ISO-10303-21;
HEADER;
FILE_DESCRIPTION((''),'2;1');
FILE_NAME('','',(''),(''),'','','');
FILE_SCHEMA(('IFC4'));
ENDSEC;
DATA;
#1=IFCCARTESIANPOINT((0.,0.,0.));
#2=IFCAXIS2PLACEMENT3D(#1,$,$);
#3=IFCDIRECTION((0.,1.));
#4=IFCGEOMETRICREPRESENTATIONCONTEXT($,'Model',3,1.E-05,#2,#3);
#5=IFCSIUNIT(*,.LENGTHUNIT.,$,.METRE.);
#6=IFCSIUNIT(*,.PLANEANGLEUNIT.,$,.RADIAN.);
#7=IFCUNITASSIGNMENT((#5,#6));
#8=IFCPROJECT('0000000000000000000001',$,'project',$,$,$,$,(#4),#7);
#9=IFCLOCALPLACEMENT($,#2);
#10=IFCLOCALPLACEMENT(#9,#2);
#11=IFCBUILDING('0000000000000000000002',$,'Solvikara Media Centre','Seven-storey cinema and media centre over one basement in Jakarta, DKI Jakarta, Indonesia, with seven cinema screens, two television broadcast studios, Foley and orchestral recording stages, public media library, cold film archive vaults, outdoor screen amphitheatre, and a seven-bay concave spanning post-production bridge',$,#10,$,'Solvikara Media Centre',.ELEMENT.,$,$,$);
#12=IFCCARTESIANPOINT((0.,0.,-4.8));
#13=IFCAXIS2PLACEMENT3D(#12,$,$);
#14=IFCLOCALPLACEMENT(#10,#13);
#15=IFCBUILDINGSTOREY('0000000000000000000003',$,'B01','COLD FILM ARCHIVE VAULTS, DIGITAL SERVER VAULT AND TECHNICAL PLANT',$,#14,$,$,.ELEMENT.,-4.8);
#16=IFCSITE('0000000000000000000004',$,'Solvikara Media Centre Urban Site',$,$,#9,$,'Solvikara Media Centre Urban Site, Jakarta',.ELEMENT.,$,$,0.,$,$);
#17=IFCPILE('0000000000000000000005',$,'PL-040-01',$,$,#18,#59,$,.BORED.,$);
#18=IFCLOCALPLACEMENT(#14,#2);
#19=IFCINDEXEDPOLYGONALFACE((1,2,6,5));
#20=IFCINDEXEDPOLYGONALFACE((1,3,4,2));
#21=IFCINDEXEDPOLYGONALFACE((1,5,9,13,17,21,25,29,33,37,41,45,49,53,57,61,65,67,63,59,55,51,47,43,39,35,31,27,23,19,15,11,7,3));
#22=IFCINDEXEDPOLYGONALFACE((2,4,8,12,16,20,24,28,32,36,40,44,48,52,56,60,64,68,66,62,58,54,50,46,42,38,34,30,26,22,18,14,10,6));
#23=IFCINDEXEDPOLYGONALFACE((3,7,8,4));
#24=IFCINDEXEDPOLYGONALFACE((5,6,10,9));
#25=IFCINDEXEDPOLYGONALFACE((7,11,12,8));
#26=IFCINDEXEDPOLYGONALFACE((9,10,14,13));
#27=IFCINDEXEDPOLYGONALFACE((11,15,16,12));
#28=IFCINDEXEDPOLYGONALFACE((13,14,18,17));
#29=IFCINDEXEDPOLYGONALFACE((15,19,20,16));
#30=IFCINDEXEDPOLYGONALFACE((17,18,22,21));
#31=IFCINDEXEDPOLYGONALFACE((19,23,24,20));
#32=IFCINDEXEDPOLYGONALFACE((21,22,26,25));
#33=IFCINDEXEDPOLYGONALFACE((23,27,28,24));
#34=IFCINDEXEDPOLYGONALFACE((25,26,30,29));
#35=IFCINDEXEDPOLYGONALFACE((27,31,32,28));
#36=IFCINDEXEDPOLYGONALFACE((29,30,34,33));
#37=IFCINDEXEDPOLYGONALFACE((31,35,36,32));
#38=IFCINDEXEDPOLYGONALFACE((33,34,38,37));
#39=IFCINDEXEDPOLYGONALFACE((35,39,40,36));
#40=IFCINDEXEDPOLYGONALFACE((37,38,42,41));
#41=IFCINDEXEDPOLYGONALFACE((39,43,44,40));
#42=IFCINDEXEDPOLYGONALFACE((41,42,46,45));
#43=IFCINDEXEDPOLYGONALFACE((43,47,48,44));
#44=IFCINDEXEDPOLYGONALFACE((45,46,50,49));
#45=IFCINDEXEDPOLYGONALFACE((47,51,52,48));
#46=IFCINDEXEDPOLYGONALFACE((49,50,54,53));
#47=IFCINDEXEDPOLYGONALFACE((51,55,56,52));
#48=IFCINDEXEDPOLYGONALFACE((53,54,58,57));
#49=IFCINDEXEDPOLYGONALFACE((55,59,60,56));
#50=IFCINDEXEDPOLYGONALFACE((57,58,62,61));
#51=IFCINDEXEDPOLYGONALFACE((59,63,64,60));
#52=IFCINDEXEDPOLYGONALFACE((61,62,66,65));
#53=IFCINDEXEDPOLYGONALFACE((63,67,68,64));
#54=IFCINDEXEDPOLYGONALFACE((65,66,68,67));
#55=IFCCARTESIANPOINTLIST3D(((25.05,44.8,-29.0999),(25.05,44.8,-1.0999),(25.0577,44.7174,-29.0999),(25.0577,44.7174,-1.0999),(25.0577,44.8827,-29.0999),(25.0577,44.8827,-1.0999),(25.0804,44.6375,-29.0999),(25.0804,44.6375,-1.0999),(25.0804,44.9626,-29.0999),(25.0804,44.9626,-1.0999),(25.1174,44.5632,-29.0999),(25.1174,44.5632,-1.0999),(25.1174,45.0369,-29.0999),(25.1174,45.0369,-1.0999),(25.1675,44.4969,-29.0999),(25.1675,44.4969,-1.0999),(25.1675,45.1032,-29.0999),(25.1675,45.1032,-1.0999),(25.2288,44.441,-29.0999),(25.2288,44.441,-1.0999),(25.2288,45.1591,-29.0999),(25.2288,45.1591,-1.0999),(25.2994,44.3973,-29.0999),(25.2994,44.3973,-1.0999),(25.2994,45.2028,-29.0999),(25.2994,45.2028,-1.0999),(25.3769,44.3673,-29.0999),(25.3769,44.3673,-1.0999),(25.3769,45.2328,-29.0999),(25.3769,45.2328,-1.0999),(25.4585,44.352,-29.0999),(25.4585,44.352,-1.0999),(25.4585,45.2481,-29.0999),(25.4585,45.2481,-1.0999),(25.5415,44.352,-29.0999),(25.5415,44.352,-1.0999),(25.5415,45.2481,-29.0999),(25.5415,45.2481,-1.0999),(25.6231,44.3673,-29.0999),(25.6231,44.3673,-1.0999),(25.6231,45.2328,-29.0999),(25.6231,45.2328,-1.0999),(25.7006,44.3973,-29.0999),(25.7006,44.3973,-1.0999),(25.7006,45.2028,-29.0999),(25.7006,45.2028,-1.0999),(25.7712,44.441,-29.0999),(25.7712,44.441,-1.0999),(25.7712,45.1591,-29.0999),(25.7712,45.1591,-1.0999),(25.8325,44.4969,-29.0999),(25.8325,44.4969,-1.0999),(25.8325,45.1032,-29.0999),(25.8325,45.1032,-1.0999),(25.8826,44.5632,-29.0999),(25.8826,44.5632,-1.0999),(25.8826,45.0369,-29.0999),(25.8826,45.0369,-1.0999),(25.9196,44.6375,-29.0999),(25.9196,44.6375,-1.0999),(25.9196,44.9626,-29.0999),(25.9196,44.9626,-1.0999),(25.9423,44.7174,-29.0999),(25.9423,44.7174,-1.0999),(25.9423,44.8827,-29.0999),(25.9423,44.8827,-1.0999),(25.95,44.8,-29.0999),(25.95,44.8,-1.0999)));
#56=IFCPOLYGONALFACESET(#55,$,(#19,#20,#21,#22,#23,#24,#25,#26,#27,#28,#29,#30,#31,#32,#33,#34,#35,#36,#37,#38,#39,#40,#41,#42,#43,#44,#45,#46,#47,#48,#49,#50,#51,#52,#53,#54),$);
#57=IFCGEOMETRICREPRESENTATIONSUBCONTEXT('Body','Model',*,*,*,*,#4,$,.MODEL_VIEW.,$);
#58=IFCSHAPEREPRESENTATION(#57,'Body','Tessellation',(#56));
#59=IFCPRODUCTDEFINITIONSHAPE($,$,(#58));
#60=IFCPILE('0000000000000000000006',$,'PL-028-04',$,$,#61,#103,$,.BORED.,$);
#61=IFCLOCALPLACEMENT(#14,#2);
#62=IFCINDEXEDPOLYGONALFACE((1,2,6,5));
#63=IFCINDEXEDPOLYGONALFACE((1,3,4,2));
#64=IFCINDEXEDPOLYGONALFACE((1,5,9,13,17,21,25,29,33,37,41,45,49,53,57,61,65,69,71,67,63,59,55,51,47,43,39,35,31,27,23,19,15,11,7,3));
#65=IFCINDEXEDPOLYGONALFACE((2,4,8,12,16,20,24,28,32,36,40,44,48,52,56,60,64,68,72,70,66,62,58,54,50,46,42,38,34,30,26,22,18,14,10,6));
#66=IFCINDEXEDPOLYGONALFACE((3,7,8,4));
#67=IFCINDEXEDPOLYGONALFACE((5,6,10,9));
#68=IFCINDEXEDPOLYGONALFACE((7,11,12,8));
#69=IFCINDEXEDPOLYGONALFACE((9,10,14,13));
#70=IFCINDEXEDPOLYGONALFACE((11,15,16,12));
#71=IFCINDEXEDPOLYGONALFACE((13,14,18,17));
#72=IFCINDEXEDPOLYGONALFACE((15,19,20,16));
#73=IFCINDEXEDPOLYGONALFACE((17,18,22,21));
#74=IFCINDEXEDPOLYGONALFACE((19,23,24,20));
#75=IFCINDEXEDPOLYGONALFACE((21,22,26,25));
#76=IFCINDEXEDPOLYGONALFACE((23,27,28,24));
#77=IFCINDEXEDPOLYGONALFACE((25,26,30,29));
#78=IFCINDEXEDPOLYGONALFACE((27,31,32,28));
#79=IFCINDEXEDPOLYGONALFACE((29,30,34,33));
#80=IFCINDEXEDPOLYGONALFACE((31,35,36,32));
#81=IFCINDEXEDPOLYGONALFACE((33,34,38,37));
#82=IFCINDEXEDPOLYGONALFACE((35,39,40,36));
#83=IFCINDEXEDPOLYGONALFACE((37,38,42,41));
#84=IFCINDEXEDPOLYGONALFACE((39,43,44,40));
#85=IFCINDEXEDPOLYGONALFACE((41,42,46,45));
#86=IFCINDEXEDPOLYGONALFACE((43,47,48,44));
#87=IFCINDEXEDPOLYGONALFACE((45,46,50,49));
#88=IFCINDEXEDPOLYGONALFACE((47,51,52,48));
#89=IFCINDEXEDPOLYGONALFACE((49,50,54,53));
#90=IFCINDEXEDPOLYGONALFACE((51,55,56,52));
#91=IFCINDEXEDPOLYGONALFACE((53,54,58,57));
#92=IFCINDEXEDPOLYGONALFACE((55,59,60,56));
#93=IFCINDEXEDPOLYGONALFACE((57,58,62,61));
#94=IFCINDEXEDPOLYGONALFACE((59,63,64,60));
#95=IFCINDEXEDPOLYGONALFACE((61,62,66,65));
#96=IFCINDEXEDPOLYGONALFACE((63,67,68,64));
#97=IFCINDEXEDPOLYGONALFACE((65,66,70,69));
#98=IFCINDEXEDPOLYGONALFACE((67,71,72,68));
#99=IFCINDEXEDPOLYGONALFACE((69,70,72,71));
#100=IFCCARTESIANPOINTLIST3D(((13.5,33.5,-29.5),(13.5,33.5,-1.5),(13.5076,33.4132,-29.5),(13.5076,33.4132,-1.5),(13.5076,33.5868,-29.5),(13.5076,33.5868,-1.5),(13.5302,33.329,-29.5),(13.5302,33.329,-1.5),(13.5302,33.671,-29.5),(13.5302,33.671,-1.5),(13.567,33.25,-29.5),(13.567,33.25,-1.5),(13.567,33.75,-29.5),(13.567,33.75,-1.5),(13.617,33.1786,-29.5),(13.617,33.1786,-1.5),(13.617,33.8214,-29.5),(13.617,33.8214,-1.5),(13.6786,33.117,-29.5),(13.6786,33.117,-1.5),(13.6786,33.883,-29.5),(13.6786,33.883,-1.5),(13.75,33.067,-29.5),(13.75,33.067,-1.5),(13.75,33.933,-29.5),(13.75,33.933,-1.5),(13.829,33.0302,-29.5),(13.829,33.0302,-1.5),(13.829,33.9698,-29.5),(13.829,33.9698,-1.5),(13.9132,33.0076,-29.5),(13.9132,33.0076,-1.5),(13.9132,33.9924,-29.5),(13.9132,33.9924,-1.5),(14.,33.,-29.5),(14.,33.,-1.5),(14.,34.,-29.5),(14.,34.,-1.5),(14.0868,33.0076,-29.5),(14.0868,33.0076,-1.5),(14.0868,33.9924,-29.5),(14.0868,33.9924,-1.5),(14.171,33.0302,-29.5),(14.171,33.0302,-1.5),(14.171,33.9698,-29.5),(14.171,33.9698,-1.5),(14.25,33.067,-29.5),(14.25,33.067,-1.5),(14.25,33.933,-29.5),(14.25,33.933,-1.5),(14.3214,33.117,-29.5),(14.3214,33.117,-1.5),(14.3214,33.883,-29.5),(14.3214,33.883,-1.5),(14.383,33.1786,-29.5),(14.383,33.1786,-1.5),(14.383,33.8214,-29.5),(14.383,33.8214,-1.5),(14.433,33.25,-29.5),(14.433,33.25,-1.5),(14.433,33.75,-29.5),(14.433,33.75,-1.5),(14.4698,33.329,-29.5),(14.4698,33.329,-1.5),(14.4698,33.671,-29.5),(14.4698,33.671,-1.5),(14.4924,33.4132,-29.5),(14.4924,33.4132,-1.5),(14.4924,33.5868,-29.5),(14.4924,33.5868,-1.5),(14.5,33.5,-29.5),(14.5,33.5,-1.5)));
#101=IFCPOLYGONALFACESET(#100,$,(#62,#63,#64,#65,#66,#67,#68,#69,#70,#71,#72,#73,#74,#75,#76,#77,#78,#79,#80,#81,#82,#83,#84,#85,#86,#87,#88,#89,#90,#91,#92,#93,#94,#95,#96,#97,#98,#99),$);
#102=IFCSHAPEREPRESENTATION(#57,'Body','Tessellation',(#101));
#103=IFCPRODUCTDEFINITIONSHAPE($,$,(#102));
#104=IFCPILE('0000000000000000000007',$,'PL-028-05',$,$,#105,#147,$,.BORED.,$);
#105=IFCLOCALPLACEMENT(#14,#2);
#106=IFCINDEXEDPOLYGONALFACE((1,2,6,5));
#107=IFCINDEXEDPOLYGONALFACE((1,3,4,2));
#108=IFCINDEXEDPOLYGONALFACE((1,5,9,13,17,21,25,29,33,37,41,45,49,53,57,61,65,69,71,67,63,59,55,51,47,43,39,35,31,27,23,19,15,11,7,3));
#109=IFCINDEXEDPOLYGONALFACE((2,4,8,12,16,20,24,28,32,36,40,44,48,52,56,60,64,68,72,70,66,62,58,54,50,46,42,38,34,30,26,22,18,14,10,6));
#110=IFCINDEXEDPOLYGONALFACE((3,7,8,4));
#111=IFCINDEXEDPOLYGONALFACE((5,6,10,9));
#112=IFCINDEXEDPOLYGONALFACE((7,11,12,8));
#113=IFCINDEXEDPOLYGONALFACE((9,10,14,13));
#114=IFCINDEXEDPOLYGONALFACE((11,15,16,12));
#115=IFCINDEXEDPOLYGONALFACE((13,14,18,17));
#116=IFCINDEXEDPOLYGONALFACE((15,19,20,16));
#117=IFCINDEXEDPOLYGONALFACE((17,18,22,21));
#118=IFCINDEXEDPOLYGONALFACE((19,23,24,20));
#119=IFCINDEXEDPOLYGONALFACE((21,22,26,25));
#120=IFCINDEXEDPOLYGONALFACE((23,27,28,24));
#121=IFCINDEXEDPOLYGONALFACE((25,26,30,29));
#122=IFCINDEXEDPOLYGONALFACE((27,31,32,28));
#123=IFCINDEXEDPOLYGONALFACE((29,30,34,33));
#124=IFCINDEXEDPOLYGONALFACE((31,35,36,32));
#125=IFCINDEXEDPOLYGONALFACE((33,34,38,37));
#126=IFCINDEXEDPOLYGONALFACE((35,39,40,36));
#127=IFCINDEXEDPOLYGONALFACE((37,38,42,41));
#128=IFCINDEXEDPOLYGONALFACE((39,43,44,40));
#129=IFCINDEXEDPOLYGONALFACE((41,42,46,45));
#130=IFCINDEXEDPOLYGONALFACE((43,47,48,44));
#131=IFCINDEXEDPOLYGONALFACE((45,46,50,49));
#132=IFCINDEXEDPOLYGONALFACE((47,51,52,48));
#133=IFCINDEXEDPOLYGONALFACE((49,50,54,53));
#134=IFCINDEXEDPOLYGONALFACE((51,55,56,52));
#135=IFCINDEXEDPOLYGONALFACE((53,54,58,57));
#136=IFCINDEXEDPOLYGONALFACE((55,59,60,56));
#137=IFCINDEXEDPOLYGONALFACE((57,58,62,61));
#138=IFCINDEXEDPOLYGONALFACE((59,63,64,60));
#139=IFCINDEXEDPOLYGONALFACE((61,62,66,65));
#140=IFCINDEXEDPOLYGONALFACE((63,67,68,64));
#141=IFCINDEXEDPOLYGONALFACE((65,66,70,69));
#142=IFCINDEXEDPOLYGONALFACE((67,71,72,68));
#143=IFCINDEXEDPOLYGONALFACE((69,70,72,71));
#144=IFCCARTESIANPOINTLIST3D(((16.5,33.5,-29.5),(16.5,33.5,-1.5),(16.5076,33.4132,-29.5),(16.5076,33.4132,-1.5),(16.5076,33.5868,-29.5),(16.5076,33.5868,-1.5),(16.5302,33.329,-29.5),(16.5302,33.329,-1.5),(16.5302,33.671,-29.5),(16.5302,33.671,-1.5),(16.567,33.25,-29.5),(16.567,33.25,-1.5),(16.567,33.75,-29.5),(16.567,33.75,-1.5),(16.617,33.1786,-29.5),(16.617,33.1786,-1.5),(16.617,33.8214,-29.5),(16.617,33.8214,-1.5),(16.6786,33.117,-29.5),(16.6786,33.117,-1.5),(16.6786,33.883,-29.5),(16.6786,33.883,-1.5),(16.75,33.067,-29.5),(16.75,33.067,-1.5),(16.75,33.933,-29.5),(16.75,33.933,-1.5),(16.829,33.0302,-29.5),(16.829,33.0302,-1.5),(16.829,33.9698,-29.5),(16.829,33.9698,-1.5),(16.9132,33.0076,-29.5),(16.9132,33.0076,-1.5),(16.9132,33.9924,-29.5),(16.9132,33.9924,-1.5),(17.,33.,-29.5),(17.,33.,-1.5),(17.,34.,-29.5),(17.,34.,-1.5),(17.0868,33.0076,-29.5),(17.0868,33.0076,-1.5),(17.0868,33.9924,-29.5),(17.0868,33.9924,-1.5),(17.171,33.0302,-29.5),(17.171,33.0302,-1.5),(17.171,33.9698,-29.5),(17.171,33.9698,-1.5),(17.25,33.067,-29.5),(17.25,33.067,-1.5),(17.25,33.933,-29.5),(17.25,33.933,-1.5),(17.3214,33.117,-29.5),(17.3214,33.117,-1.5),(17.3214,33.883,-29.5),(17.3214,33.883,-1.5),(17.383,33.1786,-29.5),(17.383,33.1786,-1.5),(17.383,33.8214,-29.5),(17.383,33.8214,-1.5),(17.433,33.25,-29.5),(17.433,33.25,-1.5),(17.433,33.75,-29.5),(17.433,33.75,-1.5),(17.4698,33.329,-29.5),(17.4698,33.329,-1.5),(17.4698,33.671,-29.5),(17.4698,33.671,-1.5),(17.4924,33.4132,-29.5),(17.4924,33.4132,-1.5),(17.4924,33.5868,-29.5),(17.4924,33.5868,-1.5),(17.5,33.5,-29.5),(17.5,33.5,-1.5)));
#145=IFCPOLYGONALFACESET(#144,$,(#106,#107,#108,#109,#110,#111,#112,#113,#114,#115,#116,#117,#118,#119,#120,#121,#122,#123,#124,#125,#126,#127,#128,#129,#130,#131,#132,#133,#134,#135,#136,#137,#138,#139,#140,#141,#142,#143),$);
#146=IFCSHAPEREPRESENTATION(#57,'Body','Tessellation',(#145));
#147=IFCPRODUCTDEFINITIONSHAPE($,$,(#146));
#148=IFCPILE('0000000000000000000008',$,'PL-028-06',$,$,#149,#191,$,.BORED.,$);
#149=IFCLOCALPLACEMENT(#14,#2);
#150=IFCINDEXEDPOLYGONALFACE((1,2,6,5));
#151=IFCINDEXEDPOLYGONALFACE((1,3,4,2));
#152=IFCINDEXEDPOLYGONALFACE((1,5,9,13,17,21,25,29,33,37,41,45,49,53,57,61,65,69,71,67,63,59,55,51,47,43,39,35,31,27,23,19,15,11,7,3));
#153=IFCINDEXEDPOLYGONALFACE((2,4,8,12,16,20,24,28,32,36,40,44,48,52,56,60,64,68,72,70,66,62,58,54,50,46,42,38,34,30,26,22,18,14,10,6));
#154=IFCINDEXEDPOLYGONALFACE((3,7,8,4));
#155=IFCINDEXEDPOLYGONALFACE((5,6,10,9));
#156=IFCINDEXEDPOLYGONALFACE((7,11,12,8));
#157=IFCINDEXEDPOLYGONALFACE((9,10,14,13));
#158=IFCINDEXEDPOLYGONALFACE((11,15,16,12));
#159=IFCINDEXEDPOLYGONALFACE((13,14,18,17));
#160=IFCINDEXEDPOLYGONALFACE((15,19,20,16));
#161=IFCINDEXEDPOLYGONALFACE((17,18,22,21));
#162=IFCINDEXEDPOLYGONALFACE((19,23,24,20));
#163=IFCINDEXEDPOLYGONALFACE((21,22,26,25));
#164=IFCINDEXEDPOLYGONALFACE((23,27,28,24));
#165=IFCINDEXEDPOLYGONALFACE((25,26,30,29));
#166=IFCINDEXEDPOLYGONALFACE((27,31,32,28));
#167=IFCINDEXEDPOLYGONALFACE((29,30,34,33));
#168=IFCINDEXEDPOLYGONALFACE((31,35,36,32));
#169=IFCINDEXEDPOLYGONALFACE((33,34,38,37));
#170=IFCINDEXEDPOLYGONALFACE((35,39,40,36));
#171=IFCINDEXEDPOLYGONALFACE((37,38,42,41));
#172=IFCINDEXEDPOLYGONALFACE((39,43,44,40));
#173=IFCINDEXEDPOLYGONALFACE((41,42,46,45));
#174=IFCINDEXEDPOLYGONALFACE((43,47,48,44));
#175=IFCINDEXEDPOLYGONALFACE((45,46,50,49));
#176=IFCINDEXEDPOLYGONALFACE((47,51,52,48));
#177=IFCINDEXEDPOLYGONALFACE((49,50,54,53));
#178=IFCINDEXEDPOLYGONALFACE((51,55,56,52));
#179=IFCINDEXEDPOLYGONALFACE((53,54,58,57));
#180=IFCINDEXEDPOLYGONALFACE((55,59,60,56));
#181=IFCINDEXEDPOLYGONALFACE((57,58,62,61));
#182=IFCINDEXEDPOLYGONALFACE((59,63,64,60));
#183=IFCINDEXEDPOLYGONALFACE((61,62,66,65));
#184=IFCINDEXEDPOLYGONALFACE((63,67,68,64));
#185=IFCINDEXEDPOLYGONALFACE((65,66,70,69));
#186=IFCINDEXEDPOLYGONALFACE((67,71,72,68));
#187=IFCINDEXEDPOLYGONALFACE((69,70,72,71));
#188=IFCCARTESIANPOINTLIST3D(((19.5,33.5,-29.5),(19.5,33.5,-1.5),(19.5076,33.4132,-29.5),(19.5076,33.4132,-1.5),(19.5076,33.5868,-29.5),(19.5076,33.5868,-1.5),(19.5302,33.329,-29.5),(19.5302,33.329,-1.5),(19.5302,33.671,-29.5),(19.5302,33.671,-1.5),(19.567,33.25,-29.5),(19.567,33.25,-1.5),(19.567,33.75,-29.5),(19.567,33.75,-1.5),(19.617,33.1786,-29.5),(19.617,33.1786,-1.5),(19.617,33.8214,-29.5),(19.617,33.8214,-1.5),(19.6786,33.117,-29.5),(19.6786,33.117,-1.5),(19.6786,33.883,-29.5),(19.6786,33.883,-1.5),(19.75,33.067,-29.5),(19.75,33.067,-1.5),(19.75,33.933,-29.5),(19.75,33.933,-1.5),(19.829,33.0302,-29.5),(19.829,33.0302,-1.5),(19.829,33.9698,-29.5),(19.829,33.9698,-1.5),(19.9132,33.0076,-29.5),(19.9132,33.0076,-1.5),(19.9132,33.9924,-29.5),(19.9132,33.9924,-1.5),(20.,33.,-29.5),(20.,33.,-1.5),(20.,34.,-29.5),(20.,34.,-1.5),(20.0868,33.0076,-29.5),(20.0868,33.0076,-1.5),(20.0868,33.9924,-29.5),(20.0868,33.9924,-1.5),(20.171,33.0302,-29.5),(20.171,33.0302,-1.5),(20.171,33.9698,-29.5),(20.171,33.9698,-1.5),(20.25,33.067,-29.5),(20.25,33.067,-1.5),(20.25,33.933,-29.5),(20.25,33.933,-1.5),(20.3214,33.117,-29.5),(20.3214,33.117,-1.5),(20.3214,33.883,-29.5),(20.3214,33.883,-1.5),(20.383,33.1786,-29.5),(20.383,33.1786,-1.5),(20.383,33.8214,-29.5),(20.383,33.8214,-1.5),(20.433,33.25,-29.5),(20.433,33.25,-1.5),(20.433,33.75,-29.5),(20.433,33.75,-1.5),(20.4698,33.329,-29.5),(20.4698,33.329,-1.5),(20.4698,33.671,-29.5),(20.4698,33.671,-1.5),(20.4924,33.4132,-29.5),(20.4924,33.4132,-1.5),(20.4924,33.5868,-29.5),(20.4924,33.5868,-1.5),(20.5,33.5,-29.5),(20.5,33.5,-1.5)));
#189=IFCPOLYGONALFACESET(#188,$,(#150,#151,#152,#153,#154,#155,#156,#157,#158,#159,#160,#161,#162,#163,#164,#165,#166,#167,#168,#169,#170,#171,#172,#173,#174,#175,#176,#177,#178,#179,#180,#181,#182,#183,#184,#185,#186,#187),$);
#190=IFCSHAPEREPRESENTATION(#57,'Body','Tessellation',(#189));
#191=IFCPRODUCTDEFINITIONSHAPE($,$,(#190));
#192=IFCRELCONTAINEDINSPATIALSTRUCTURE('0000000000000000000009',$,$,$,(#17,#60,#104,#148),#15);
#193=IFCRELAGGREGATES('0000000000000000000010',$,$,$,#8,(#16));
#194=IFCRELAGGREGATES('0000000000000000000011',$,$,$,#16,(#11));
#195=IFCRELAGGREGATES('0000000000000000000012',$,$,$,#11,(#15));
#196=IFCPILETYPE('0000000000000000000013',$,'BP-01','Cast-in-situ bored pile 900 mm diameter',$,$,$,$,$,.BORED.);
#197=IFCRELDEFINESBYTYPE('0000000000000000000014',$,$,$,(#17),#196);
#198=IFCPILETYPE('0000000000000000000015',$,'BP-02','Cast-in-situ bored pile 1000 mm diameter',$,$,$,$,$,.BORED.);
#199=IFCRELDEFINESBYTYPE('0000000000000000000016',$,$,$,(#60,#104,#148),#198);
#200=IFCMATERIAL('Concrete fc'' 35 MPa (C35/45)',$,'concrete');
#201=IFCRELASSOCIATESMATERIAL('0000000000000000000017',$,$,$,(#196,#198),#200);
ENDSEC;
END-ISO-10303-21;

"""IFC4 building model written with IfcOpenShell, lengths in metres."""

from ifc_helpers import new_model, si_unit, direction, frame, origin, origin_2d, place, context, subcontext, project, spatial, circle, extrude, material, material_profile, profile_set, type_object, element, save


model = new_model("IFC4")

# Units and contexts
model_context = context("Model", 3, precision=1e-05, world=origin(), true_north=direction((0.0, 1.0)))
body_context = subcontext(model_context, "Body", "Model", "MODEL_VIEW")
ifc_project = project(units=[si_unit("LENGTHUNIT", "METRE"), si_unit("PLANEANGLEUNIT", "RADIAN")], contexts=[model_context])

# Site, building, storey
site_placement = place(None, origin())
site = spatial("IfcSite", under=ifc_project, at=site_placement, Name="Solvikara Media Centre Urban Site", LongName="Solvikara Media Centre Urban Site, Jakarta", CompositionType="ELEMENT", RefElevation=0.0)
building_placement = place(site_placement, origin())
building = spatial("IfcBuilding", under=site, at=building_placement, Name="Solvikara Media Centre", Description="Seven-storey cinema and media centre over one basement in Jakarta, DKI Jakarta, Indonesia, with seven cinema screens, two television broadcast studios, Foley and orchestral recording stages, public media library, cold film archive vaults, outdoor screen amphitheatre, and a seven-bay concave spanning post-production bridge", LongName="Solvikara Media Centre", CompositionType="ELEMENT")
storey_placement = place(building_placement, frame((0.0, 0.0, -4.8)))
storey = spatial("IfcBuildingStorey", under=building, at=storey_placement, Name="B01", Description="COLD FILM ARCHIVE VAULTS, DIGITAL SERVER VAULT AND TECHNICAL PLANT", CompositionType="ELEMENT", Elevation=-4.8)

# Piles
ifc_material_1 = material(Name="Concrete fc' 35 MPa (C35/45)", Category="concrete")
ifc_material_profile_1 = material_profile(ifc_material_1, circle(Radius=0.45, at=origin_2d()), Name="BORED PILE D900")
ifc_profile_set_1 = profile_set([ifc_material_profile_1], Name="Concrete fc' 35 MPa (C35/45)")
pile_type_1 = type_object("IfcPileType", Name="BP-01", Description="Cast-in-situ bored pile 900 mm diameter", PredefinedType="BORED", material=ifc_profile_set_1)
for number, where, z_axis, x_axis, name in (
    (1, (25.5, 44.8, -1.0999), (0.0, 0.0, -1.0), (1.0, 0.0, 0.0), "PL-040-01"),
):
    element("IfcPile", number, at=place(storey_placement, frame(where, z_axis=z_axis, x_axis=x_axis)), inside=storey, type_object=pile_type_1, Name=name, PredefinedType="BORED", context=body_context, shape_type="SweptSolid", body=[
        extrude(circle(Radius=0.45, at=origin_2d()), origin(), (0.0, 0.0, 1.0), 28.0),
    ])
ifc_material_profile_2 = material_profile(ifc_material_1, circle(Radius=0.5, at=origin_2d()), Name="BORED PILE D1000")
ifc_profile_set_2 = profile_set([ifc_material_profile_2], Name="Concrete fc' 35 MPa (C35/45)")
pile_type_2 = type_object("IfcPileType", Name="BP-02", Description="Cast-in-situ bored pile 1000 mm diameter", PredefinedType="BORED", material=ifc_profile_set_2)
for number, where, z_axis, x_axis, name in (
    (2, (14.0, 33.5, -1.5), (0.0, 0.0, -1.0), (1.0, 0.0, 0.0), "PL-028-04"),
    (3, (17.0, 33.5, -1.5), (0.0, 0.0, -1.0), (1.0, 0.0, 0.0), "PL-028-05"),
    (4, (20.0, 33.5, -1.5), (0.0, 0.0, -1.0), (1.0, 0.0, 0.0), "PL-028-06"),
):
    element("IfcPile", number, at=place(storey_placement, frame(where, z_axis=z_axis, x_axis=x_axis)), inside=storey, type_object=pile_type_2, Name=name, PredefinedType="BORED", context=body_context, shape_type="SweptSolid", body=[
        extrude(circle(Radius=0.5, at=origin_2d()), origin(), (0.0, 0.0, 1.0), 28.0),
    ])

save(model, "model.ifc")
